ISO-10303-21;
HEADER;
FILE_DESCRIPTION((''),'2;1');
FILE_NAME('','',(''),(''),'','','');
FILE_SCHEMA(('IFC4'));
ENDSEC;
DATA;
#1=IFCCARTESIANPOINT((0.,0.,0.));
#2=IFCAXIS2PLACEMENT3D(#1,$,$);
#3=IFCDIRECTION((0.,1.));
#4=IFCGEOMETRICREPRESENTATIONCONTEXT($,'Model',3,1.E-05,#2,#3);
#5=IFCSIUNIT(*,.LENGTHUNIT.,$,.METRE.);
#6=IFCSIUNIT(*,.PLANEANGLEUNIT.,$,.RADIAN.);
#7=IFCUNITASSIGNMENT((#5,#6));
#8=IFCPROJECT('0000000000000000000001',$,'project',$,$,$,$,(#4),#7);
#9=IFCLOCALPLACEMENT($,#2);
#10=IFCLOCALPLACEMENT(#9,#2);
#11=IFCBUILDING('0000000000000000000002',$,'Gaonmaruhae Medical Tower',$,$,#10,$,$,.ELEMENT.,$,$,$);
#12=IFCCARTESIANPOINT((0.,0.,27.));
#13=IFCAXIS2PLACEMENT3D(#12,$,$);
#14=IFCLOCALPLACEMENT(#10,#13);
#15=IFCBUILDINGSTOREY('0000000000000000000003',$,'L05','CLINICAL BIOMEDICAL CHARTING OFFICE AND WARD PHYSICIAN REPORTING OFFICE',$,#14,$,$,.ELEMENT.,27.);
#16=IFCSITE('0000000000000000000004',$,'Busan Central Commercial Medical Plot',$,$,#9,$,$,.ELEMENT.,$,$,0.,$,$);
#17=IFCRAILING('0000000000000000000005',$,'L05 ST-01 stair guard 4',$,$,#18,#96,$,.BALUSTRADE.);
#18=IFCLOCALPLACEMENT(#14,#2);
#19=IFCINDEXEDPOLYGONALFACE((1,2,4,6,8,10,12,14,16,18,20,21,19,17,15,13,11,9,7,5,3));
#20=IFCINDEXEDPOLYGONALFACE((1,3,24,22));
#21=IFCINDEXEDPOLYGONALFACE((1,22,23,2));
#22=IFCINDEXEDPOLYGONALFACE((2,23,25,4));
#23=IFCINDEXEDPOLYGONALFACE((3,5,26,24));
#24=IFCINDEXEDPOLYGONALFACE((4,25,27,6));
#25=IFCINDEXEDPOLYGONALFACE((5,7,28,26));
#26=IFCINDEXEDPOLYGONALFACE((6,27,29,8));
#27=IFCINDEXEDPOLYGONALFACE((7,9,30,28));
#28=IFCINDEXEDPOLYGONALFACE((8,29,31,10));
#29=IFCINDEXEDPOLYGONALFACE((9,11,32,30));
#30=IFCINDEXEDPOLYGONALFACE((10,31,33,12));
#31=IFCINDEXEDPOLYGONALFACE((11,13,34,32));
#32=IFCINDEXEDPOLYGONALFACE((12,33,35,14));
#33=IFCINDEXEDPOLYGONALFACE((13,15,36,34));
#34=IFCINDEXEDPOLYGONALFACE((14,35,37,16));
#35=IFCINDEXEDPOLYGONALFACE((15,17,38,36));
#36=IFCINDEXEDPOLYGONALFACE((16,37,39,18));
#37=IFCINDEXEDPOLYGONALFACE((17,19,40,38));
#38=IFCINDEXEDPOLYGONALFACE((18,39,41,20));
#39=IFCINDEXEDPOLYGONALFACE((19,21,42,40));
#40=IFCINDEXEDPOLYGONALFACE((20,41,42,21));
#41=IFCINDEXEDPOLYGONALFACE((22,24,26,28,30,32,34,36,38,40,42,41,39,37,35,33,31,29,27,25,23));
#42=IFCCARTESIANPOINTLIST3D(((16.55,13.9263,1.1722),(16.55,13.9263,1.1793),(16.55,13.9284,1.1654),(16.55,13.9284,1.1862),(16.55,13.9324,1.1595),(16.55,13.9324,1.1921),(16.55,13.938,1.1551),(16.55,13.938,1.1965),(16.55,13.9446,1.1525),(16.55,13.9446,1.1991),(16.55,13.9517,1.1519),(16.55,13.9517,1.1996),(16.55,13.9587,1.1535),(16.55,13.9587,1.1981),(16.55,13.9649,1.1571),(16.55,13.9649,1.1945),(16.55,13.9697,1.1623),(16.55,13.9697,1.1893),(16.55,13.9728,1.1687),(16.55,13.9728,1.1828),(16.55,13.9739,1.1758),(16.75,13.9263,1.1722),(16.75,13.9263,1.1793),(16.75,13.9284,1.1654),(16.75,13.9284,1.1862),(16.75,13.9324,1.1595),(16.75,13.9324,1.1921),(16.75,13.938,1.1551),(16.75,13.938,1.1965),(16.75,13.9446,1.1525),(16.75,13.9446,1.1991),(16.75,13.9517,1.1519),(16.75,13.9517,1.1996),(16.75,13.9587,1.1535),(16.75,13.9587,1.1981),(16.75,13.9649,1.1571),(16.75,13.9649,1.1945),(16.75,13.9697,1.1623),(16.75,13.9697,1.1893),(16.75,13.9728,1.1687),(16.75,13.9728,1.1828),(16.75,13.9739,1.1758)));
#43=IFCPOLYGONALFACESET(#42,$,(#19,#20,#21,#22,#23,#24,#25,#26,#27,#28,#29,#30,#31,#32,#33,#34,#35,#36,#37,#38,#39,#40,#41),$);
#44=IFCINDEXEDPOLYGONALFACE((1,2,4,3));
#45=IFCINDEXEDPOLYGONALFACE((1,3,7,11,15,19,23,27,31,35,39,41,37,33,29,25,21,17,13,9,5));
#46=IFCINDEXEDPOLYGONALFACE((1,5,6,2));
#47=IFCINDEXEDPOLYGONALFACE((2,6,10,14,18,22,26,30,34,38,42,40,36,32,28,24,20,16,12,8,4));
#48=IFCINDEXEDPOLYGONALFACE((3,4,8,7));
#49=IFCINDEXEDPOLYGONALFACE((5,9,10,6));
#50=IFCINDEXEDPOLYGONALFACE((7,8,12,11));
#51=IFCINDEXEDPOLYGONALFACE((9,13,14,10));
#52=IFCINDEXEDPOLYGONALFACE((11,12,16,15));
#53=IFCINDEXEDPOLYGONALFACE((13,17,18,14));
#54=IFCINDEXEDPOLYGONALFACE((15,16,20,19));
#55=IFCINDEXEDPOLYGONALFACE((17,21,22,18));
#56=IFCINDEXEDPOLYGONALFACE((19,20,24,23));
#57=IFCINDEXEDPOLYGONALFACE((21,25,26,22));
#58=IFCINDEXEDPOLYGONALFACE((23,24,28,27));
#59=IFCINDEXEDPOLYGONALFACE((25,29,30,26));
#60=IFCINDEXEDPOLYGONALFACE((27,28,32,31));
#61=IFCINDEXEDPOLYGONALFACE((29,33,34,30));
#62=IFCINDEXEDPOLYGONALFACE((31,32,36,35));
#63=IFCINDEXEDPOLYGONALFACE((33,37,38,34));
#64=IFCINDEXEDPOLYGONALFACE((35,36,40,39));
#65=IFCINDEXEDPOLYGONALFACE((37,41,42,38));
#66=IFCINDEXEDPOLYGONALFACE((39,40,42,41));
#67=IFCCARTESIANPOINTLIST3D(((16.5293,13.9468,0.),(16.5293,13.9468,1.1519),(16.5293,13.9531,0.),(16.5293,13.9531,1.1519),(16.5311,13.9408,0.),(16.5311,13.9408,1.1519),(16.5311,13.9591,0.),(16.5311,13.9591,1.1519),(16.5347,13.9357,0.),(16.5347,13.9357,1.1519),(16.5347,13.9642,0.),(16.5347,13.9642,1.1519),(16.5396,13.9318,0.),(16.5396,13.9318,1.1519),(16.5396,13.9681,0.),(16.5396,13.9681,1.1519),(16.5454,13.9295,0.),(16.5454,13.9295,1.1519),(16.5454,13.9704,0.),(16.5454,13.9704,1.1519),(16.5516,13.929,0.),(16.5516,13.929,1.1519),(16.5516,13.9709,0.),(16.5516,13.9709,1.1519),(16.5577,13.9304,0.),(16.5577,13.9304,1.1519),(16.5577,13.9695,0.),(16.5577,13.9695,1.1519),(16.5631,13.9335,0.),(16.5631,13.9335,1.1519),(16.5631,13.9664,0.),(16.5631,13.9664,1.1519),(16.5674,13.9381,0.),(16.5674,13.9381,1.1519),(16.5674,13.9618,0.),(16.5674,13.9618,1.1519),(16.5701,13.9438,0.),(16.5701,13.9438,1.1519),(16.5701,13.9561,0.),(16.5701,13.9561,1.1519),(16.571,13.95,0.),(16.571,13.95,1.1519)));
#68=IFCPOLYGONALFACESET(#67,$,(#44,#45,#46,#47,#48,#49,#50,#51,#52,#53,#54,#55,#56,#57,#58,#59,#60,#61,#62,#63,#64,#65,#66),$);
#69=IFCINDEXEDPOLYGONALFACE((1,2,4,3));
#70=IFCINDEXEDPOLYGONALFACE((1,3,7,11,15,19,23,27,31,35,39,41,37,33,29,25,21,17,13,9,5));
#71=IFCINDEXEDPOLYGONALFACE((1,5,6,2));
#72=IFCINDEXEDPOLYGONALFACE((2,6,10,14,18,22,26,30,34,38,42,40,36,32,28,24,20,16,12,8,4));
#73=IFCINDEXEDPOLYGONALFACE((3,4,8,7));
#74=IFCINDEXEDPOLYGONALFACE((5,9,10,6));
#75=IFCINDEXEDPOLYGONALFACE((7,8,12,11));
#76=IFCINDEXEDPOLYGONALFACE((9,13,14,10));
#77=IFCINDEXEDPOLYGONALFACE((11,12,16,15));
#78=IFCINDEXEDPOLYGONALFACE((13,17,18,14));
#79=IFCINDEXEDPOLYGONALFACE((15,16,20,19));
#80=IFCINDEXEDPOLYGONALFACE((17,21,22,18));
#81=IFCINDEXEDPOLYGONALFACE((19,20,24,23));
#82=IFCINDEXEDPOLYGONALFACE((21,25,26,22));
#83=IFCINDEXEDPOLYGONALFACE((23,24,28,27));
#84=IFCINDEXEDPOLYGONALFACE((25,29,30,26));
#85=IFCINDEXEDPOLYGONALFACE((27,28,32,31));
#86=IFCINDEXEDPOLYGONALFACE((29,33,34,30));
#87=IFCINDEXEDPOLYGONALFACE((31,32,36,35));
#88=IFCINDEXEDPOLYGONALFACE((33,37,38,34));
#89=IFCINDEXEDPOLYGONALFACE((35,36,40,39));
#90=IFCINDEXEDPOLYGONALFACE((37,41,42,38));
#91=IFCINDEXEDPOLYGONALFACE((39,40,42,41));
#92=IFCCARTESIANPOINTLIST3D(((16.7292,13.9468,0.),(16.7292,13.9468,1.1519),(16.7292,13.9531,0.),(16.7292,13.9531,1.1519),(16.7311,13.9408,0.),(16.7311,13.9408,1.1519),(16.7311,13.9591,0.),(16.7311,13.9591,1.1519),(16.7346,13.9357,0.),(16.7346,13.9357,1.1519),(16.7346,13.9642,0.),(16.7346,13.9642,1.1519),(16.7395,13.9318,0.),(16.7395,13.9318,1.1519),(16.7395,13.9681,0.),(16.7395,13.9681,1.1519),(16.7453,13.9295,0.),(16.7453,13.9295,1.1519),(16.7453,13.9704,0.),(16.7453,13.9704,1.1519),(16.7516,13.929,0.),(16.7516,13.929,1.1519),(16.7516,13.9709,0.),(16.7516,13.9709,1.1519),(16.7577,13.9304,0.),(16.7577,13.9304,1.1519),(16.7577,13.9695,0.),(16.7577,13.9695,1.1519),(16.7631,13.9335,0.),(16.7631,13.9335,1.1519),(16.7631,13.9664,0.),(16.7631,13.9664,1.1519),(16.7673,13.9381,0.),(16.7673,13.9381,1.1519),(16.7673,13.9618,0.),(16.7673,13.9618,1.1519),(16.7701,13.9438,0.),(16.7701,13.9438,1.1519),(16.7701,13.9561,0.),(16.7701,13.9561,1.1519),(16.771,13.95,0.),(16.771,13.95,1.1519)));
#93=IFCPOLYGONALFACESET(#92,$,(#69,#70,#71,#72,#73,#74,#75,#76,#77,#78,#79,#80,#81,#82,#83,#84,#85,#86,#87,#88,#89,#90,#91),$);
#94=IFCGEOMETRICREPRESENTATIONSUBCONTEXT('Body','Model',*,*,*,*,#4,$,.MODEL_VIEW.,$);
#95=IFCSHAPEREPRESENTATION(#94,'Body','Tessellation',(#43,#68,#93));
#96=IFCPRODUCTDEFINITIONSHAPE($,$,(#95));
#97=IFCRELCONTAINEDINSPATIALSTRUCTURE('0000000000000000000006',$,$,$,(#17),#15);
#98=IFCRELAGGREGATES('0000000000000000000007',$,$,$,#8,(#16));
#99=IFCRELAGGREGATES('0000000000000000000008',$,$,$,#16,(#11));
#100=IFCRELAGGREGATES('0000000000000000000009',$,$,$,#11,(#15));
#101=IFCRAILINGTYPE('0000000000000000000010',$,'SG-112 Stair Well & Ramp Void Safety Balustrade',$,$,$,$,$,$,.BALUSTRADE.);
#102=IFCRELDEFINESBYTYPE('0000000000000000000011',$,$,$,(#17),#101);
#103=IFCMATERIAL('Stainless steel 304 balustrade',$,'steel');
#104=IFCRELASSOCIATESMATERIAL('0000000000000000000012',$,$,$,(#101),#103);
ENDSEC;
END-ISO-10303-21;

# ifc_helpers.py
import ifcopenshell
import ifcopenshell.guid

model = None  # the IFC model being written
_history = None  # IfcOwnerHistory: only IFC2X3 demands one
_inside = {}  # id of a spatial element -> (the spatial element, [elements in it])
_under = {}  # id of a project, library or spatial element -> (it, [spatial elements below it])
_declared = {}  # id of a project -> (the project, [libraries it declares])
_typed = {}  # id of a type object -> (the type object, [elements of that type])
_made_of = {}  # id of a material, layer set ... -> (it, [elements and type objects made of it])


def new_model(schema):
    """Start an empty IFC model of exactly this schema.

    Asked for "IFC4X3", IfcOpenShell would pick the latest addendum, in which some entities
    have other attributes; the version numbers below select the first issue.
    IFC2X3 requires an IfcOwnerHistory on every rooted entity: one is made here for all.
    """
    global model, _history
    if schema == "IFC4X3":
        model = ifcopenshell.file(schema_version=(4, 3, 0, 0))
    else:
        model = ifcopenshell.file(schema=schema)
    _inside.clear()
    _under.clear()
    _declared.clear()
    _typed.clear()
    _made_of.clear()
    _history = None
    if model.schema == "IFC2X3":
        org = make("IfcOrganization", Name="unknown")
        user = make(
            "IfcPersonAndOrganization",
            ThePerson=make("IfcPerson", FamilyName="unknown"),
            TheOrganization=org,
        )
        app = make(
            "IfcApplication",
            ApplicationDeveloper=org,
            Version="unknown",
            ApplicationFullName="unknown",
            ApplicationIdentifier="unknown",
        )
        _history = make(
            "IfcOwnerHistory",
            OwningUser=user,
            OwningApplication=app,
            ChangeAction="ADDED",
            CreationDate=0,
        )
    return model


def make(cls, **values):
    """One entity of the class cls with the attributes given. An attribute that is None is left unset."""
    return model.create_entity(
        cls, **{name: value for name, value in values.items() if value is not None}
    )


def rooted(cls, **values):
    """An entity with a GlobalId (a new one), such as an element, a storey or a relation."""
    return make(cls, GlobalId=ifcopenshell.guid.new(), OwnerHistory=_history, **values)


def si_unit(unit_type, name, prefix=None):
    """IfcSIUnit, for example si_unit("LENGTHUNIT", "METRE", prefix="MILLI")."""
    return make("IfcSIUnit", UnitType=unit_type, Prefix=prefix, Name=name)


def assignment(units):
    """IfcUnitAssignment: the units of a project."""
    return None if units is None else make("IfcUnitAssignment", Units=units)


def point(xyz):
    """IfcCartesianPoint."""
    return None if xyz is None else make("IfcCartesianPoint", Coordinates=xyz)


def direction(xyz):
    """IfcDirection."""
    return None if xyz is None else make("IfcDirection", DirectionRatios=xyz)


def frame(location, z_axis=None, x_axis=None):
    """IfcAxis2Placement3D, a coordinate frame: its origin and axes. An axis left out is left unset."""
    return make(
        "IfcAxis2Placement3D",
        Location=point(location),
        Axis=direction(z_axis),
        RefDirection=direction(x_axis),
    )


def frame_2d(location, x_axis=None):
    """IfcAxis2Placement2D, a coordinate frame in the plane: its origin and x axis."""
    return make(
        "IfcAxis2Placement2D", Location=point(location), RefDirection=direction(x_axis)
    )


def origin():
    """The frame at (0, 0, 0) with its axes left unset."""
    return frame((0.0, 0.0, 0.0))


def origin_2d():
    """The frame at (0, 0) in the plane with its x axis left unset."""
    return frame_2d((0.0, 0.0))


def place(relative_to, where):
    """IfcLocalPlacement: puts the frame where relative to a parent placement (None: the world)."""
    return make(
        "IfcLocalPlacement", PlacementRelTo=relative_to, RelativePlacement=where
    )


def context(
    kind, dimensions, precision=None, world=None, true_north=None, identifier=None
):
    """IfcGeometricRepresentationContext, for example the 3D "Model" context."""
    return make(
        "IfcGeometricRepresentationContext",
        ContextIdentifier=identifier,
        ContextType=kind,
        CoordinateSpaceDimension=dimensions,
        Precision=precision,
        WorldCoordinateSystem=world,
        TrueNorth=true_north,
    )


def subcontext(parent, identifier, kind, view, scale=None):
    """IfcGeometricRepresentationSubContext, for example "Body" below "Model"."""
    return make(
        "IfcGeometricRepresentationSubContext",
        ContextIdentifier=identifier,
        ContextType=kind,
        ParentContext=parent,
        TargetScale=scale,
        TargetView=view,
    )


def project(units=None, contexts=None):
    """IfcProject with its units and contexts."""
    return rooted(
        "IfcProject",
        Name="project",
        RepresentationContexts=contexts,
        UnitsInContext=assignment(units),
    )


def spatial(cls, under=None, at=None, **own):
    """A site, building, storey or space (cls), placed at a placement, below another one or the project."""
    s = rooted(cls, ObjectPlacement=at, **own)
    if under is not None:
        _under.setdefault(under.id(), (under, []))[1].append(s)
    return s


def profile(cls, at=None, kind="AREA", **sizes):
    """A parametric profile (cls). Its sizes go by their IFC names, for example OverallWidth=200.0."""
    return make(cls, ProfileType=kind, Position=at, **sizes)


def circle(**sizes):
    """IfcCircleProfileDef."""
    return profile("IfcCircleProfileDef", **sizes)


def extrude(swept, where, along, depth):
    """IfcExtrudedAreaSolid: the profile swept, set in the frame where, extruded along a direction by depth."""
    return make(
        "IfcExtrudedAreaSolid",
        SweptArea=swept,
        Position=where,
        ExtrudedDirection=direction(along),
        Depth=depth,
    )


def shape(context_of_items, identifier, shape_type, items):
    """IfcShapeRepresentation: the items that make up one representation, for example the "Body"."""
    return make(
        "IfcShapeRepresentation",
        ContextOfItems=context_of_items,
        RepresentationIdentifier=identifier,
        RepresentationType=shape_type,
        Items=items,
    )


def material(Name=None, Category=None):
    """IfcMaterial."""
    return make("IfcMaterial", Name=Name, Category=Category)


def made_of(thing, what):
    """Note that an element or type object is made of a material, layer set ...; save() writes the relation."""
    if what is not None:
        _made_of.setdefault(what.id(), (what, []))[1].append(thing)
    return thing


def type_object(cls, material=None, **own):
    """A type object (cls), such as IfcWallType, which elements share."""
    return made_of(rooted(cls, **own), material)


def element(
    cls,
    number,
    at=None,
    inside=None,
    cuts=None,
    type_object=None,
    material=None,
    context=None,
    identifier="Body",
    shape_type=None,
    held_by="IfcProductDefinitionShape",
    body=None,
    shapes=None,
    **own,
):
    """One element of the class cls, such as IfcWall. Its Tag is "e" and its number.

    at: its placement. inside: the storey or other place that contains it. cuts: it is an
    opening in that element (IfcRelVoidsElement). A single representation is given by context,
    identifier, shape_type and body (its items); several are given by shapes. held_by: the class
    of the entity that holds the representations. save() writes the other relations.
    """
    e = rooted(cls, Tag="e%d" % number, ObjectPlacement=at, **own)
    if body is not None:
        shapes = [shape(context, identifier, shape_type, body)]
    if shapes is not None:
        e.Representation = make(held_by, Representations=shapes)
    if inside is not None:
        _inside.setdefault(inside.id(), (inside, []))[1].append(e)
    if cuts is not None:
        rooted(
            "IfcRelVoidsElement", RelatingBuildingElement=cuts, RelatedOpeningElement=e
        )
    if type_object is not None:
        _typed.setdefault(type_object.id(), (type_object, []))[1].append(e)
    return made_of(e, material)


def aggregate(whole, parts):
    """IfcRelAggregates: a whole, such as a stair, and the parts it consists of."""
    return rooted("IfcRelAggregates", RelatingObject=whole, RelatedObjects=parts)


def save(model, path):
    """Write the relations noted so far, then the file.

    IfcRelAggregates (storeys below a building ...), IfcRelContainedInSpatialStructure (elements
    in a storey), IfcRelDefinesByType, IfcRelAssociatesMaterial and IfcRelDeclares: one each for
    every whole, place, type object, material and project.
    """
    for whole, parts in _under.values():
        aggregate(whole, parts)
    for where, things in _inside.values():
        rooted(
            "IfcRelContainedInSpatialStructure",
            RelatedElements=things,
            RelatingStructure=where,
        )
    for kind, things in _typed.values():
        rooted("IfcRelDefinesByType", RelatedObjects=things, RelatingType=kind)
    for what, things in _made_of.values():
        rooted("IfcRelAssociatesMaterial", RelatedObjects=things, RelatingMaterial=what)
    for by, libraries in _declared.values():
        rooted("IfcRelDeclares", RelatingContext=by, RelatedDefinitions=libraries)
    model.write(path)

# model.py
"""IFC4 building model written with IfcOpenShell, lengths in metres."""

from ifc_helpers import new_model, si_unit, direction, frame, origin, origin_2d, place, context, subcontext, project, spatial, circle, extrude, material, type_object, element, save


model = new_model("IFC4")

# Units and contexts
model_context = context("Model", 3, precision=1e-05, world=origin(), true_north=direction((0.0, 1.0)))
body_context = subcontext(model_context, "Body", "Model", "MODEL_VIEW")
ifc_project = project(units=[si_unit("LENGTHUNIT", "METRE"), si_unit("PLANEANGLEUNIT", "RADIAN")], contexts=[model_context])

# Site, building, storey
site_placement = place(None, origin())
site = spatial("IfcSite", under=ifc_project, at=site_placement, Name="Busan Central Commercial Medical Plot", CompositionType="ELEMENT", RefElevation=0.0)
building_placement = place(site_placement, origin())
building = spatial("IfcBuilding", under=site, at=building_placement, Name="Gaonmaruhae Medical Tower", CompositionType="ELEMENT")
storey_placement = place(building_placement, frame((0.0, 0.0, 27.0)))
storey = spatial("IfcBuildingStorey", under=building, at=storey_placement, Name="L05", Description="CLINICAL BIOMEDICAL CHARTING OFFICE AND WARD PHYSICIAN REPORTING OFFICE", CompositionType="ELEMENT", Elevation=27.0)

# Railing
ifc_material_1 = material(Name="Stainless steel 304 balustrade", Category="steel")
railing_type_1 = type_object("IfcRailingType", Name="SG-112 Stair Well & Ramp Void Safety Balustrade", PredefinedType="BALUSTRADE", material=ifc_material_1)
railing_1_placement = place(storey_placement, frame((16.55, 13.95, 0.0)))
element("IfcRailing", 1, at=railing_1_placement, inside=storey, type_object=railing_type_1, Name="L05 ST-01 stair guard 4", PredefinedType="BALUSTRADE", context=body_context, shape_type="SweptSolid", body=[
    extrude(circle(Radius=0.0239, at=origin_2d()), frame((0.0, 0.0, 1.1758), z_axis=(1.0, 0.0, 0.0), x_axis=(0.0, 1.0, 0.0)), (0.0, 0.0, 1.0), 0.2),
    extrude(circle(Radius=0.021, at=origin_2d()), origin(), (0.0, 0.0, 1.0), 1.1519),
    extrude(circle(Radius=0.021, at=origin_2d()), frame((0.2, 0.0, 0.0)), (0.0, 0.0, 1.0), 1.1519),
])

save(model, "model.ifc")
